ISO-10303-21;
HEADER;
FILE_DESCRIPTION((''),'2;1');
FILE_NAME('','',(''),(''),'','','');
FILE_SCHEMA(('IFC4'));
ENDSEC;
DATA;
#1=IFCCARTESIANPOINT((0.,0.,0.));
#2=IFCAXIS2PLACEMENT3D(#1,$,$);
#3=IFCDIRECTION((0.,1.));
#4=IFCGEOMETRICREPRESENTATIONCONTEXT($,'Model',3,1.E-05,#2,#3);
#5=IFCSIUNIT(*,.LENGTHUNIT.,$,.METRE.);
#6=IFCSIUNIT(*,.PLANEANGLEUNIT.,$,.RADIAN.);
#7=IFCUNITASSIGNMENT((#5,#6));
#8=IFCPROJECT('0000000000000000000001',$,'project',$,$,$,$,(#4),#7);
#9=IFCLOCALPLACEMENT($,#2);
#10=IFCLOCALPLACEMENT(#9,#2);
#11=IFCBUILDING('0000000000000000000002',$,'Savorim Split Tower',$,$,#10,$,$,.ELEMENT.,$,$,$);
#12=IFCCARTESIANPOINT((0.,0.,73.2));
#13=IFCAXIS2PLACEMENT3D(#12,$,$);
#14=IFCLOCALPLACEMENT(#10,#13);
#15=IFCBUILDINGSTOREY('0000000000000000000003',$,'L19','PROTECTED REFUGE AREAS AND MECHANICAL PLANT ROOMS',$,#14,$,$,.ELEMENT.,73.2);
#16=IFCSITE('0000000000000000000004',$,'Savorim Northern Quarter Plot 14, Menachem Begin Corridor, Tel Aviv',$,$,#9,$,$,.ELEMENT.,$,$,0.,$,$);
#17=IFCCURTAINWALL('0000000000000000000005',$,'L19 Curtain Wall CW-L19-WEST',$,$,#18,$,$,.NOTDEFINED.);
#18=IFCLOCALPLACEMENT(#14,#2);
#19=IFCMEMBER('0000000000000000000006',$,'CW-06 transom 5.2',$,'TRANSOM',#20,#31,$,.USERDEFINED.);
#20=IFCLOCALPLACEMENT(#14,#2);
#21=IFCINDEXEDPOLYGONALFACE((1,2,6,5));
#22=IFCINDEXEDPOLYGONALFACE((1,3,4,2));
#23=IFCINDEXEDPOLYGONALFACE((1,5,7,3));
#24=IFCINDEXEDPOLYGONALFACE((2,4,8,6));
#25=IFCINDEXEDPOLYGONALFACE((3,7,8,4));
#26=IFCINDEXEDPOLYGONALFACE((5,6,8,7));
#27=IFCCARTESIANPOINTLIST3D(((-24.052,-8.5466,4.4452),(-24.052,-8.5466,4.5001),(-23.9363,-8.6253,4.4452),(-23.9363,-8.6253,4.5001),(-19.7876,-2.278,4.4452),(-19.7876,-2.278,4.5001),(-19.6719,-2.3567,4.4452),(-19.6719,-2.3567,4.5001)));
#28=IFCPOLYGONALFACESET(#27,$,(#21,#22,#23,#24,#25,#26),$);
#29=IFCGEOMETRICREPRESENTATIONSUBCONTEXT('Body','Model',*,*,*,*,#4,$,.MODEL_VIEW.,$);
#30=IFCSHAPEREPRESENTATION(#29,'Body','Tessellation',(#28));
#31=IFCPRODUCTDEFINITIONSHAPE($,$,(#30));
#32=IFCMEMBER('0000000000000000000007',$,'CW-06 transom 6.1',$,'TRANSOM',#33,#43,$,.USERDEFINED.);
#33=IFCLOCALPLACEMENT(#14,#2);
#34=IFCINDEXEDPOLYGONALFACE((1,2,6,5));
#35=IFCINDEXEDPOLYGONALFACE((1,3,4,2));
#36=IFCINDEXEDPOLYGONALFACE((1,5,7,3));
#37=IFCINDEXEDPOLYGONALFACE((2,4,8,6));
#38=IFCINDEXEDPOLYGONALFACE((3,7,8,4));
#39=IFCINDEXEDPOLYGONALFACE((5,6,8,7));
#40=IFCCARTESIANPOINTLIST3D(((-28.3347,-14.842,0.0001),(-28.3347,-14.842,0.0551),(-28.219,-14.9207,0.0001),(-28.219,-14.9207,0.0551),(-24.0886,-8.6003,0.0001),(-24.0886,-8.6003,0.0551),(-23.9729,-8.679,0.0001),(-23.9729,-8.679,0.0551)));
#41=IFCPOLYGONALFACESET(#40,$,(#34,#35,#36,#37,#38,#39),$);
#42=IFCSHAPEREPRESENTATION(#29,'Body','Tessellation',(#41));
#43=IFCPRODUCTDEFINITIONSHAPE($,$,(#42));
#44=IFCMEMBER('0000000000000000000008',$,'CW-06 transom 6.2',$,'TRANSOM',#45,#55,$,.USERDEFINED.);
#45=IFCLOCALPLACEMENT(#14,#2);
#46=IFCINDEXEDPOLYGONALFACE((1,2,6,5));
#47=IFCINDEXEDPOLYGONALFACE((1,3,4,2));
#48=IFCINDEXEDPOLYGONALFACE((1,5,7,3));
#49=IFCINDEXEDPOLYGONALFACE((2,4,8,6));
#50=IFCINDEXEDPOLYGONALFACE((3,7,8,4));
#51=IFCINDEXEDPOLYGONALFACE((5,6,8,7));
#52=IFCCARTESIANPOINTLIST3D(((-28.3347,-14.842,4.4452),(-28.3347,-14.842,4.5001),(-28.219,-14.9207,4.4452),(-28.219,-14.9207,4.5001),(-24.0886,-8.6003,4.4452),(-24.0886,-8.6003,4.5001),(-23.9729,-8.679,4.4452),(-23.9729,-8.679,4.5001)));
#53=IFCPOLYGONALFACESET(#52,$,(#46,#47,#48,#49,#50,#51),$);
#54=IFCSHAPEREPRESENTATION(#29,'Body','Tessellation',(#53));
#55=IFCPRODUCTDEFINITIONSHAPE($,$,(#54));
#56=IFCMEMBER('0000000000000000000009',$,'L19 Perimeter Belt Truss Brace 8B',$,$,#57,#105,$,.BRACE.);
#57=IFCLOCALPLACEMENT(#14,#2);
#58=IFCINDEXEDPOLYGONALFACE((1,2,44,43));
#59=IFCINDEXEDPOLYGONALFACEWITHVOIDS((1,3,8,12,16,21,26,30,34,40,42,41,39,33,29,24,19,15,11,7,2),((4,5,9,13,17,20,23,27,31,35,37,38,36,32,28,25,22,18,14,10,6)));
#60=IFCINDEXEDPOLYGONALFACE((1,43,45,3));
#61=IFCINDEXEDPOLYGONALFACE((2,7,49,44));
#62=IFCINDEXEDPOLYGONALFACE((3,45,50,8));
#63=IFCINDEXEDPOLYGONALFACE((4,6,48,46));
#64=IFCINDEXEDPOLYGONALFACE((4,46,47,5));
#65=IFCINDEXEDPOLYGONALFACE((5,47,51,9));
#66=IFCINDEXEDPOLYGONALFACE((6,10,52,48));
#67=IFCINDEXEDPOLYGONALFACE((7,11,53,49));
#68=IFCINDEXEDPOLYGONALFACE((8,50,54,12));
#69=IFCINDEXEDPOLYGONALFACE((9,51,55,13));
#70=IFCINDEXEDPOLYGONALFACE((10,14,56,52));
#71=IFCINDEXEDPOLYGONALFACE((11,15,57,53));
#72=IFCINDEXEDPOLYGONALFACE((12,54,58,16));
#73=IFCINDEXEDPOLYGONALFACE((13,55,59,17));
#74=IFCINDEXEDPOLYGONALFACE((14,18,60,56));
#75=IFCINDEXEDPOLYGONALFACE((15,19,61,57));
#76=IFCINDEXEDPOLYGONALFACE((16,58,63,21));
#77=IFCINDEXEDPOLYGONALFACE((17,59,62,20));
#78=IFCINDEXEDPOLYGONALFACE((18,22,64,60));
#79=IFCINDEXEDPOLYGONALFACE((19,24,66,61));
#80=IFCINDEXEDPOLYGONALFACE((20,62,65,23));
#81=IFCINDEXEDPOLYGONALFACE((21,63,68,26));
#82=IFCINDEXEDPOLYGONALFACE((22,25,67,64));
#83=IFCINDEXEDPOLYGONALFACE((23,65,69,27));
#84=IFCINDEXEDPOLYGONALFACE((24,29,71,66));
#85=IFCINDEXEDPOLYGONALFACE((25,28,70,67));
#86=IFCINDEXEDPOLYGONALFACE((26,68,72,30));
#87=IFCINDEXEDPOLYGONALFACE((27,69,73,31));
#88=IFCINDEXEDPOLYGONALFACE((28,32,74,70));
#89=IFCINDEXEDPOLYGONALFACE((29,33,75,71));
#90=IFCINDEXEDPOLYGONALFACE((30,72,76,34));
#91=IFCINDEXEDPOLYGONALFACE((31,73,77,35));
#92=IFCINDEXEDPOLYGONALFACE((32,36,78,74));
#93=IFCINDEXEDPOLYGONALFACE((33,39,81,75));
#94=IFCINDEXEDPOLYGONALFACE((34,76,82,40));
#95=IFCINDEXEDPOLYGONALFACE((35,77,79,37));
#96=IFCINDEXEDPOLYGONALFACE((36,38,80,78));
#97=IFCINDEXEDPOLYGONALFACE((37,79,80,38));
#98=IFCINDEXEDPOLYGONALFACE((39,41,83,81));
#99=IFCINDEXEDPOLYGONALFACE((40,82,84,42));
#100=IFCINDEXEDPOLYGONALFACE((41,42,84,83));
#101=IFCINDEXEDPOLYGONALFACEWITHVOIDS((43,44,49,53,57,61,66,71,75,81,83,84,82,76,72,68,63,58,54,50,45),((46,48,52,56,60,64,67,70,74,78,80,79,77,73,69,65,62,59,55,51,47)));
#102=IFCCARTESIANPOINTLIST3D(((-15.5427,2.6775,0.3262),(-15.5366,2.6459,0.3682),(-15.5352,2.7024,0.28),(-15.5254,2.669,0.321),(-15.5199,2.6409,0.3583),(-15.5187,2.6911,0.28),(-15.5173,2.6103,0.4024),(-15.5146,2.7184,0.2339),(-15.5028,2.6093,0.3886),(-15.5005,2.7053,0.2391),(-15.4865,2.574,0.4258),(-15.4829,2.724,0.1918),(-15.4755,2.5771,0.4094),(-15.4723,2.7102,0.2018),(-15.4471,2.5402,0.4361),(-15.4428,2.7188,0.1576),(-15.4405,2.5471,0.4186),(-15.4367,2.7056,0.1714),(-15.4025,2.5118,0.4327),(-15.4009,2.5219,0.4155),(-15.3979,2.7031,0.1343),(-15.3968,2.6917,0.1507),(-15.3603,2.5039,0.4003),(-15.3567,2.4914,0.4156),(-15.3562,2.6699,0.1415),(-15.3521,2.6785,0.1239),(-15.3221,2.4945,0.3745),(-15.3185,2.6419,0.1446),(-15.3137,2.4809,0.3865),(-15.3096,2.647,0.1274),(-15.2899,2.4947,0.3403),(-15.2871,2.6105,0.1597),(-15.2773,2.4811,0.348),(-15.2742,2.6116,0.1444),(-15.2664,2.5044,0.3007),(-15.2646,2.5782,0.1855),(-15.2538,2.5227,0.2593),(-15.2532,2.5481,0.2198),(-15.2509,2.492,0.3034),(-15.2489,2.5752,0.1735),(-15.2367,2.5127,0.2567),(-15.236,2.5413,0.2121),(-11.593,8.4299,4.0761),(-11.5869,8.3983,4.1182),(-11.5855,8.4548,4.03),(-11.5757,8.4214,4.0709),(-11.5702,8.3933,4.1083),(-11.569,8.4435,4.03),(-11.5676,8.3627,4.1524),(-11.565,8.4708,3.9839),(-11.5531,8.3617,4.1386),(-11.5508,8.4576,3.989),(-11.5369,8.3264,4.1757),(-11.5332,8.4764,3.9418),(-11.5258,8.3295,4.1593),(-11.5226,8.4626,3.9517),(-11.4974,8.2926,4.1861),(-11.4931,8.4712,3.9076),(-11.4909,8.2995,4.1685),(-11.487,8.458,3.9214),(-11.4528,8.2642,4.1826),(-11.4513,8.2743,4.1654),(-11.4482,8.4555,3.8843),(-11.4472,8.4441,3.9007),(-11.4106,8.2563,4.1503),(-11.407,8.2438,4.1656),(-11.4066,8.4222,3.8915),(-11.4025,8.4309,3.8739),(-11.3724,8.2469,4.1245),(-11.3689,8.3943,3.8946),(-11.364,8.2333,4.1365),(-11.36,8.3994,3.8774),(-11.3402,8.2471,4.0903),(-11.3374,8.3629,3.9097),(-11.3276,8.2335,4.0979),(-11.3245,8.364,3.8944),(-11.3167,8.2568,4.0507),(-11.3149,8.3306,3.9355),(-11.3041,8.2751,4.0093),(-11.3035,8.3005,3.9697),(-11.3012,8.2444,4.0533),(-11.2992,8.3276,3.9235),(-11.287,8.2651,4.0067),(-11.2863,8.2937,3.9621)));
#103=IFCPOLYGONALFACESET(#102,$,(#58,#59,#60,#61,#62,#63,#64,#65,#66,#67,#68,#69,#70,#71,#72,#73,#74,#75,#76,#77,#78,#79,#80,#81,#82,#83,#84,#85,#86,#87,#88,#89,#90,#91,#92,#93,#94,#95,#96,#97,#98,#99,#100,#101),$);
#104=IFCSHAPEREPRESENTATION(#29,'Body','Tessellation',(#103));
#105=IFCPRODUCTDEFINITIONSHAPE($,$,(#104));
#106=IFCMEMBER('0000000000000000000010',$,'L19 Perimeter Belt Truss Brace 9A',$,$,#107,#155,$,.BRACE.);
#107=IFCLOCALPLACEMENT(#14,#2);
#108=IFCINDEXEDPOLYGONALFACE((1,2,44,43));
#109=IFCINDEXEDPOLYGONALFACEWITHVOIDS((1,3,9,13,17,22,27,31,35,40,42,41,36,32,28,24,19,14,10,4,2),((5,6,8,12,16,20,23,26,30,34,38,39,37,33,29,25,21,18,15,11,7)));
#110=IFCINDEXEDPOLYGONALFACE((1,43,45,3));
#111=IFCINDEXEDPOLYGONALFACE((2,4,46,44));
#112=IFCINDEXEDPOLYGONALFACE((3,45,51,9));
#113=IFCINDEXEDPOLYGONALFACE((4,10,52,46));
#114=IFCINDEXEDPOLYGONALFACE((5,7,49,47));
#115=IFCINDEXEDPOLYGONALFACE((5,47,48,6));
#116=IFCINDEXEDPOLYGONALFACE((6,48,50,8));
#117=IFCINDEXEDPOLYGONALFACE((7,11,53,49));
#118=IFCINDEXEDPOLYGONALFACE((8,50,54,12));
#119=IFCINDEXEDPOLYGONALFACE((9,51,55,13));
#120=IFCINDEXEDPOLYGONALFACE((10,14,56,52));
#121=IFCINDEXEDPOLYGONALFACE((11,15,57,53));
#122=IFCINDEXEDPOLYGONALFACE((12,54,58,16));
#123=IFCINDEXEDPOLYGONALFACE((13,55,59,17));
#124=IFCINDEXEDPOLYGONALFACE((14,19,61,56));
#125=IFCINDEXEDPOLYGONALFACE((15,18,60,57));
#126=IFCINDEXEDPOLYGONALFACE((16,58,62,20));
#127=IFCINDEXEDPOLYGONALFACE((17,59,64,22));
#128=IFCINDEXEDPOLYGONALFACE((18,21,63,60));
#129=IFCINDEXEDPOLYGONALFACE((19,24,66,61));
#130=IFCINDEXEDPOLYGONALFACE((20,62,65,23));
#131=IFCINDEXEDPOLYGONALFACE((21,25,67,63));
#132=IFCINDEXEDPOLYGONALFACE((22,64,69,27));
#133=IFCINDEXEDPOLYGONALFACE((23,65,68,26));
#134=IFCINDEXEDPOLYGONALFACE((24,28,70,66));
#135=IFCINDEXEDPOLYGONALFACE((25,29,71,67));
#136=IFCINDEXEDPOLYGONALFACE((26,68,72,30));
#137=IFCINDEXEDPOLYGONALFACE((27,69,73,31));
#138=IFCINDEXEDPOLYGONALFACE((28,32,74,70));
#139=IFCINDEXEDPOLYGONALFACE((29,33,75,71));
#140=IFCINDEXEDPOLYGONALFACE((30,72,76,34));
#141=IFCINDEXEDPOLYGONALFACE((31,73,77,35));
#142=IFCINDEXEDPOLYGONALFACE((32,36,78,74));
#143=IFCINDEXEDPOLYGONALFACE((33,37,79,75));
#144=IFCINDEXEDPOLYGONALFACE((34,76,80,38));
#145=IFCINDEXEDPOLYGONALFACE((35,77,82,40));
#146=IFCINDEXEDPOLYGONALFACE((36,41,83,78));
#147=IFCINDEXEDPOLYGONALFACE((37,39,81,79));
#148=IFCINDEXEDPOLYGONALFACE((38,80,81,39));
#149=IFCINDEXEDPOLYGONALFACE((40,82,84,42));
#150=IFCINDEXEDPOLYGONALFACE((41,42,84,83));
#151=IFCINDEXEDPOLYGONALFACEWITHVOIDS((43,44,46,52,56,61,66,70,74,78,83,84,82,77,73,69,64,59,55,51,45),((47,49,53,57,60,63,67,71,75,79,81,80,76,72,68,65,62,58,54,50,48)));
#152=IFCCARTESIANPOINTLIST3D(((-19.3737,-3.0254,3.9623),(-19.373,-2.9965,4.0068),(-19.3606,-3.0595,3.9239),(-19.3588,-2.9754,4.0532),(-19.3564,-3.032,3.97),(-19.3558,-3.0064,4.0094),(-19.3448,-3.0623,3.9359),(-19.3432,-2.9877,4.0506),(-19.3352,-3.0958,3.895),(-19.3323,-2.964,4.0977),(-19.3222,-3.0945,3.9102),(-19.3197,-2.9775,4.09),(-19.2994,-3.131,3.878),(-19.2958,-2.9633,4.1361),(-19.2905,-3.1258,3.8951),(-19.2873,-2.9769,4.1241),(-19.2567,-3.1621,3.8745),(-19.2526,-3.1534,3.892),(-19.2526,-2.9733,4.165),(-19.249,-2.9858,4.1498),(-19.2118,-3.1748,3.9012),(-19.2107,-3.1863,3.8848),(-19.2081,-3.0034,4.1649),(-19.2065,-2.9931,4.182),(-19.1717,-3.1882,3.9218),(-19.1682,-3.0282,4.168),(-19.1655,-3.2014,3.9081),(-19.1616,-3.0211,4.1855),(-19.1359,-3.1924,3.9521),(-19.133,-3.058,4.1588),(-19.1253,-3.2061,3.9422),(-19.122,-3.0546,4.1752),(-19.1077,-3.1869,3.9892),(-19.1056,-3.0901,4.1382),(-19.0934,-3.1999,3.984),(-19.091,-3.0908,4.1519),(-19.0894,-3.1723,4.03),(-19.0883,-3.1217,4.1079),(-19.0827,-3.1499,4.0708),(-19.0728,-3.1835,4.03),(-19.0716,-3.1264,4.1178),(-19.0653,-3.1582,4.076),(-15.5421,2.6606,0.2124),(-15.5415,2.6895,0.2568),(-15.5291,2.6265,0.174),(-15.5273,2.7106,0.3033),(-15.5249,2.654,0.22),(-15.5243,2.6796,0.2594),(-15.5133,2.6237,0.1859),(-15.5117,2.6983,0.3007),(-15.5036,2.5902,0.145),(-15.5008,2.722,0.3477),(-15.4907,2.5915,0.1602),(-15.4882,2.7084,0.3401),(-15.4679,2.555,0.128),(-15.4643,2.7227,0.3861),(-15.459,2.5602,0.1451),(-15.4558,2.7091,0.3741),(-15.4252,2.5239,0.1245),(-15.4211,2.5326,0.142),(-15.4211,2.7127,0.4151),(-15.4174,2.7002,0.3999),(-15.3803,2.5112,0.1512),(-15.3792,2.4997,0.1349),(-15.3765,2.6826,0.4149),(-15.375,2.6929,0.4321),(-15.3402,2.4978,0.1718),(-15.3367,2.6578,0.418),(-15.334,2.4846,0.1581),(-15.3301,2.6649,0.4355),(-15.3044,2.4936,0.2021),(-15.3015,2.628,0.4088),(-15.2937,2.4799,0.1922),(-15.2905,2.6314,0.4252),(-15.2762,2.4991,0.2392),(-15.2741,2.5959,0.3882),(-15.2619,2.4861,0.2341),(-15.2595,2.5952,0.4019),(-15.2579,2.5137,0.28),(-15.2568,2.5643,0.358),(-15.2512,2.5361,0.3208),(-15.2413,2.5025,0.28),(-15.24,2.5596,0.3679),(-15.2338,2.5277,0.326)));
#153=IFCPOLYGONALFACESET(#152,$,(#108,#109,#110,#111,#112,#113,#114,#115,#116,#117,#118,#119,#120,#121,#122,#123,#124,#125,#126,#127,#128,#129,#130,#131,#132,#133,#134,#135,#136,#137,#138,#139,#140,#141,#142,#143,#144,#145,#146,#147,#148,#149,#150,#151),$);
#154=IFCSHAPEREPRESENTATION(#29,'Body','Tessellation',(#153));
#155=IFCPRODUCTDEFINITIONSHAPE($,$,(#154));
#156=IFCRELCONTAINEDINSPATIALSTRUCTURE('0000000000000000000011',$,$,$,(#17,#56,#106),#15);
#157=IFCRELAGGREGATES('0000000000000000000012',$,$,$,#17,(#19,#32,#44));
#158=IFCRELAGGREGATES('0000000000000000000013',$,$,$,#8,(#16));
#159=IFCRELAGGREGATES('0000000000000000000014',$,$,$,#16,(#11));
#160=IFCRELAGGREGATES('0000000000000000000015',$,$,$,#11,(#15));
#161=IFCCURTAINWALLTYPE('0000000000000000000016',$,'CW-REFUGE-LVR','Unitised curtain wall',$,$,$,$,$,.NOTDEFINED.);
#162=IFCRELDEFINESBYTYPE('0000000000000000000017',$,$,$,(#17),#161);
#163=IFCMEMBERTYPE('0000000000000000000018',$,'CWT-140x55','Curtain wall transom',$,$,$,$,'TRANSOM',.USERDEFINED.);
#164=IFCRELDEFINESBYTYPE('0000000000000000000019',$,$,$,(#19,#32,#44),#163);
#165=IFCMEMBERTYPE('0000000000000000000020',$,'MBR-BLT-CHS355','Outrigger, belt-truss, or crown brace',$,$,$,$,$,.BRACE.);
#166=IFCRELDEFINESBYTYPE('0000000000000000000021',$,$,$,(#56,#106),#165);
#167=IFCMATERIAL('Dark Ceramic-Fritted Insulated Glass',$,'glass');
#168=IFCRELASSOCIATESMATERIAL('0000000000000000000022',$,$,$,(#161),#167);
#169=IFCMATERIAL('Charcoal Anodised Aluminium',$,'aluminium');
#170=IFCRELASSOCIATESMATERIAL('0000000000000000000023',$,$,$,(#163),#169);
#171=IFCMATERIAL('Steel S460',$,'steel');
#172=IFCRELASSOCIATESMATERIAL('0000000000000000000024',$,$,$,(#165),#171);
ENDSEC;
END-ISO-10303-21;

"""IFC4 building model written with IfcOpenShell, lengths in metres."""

from ifc_helpers import new_model, si_unit, direction, frame, origin, origin_2d, place, context, subcontext, project, spatial, rectangle, hollow_circle, extrude, material, material_profile, profile_set, type_object, element, aggregate, save


model = new_model("IFC4")

# Units and contexts
model_context = context("Model", 3, precision=1e-05, world=origin(), true_north=direction((0.0, 1.0)))
body_context = subcontext(model_context, "Body", "Model", "MODEL_VIEW")
ifc_project = project(units=[si_unit("LENGTHUNIT", "METRE"), si_unit("PLANEANGLEUNIT", "RADIAN")], contexts=[model_context])

# Site, building, storey
site_placement = place(None, origin())
site = spatial("IfcSite", under=ifc_project, at=site_placement, Name="Savorim Northern Quarter Plot 14, Menachem Begin Corridor, Tel Aviv", CompositionType="ELEMENT", RefElevation=0.0)
building_placement = place(site_placement, origin())
building = spatial("IfcBuilding", under=site, at=building_placement, Name="Savorim Split Tower", CompositionType="ELEMENT")
storey_placement = place(building_placement, frame((0.0, 0.0, 73.2)))
storey = spatial("IfcBuildingStorey", under=building, at=storey_placement, Name="L19", Description="PROTECTED REFUGE AREAS AND MECHANICAL PLANT ROOMS", CompositionType="ELEMENT", Elevation=73.2)

# Shared definitions
ifc_material_1 = material(Name="Steel S460", Category="steel")

# Curtain wall, members
ifc_material_2 = material(Name="Dark Ceramic-Fritted Insulated Glass", Category="glass")
curtain_wall_type = type_object("IfcCurtainWallType", Name="CW-REFUGE-LVR", Description="Unitised curtain wall", PredefinedType="NOTDEFINED", material=ifc_material_2)
curtain_wall_placement = place(storey_placement, origin())
curtain_wall = element("IfcCurtainWall", 1, at=curtain_wall_placement, inside=storey, type_object=curtain_wall_type, Name="L19 Curtain Wall CW-L19-WEST", PredefinedType="NOTDEFINED")
ifc_material_3 = material(Name="Charcoal Anodised Aluminium", Category="aluminium")
ifc_material_profile_1 = material_profile(ifc_material_3, rectangle(XDim=0.1399, YDim=0.0549, at=origin_2d()), Name="ALU-T 140x55")
ifc_profile_set_1 = profile_set([ifc_material_profile_1], Name="Charcoal Anodised Aluminium")
member_type_1 = type_object("IfcMemberType", Name="CWT-140x55", Description="Curtain wall transom", ElementType="TRANSOM", PredefinedType="USERDEFINED", material=ifc_profile_set_1)
member_1_placement = place(storey_placement, frame((-19.7297, -2.3174, 4.4727), z_axis=(-0.562471, -0.826817, 0.0), x_axis=(0.826817, -0.562471, 0.0)))
member_1 = element("IfcMember", 2, at=member_1_placement, type_object=member_type_1, Name="CW-06 transom 5.2", ObjectType="TRANSOM", PredefinedType="USERDEFINED", context=body_context, shape_type="SweptSolid", body=[
    extrude(rectangle(XDim=0.1399, YDim=0.0549, at=origin_2d()), origin(), (0.0, 0.0, 1.0), 7.5815),
])
member_2_placement = place(storey_placement, frame((-24.0308, -8.6396, 0.0276), z_axis=(-0.562467, -0.826819, 0.0), x_axis=(0.826819, -0.562467, 0.0)))
member_2 = element("IfcMember", 3, at=member_2_placement, type_object=member_type_1, Name="CW-06 transom 6.1", ObjectType="TRANSOM", PredefinedType="USERDEFINED", context=body_context, shape_type="SweptSolid", body=[
    extrude(rectangle(XDim=0.1399, YDim=0.0549, at=origin_2d()), origin(), (0.0, 0.0, 1.0), 7.5491),
])
member_3_placement = place(storey_placement, frame((-24.0308, -8.6396, 4.4727), z_axis=(-0.562467, -0.826819, 0.0), x_axis=(0.826819, -0.562467, 0.0)))
member_3 = element("IfcMember", 4, at=member_3_placement, type_object=member_type_1, Name="CW-06 transom 6.2", ObjectType="TRANSOM", PredefinedType="USERDEFINED", context=body_context, shape_type="SweptSolid", body=[
    extrude(rectangle(XDim=0.1399, YDim=0.0549, at=origin_2d()), origin(), (0.0, 0.0, 1.0), 7.5491),
])

# Members
ifc_material_profile_2 = material_profile(ifc_material_1, hollow_circle(Radius=0.1777, WallThickness=0.02, at=origin_2d()), Name="CHS 355.6x20")
ifc_profile_set_2 = profile_set([ifc_material_profile_2], Name="Steel S460")
member_type_2 = type_object("IfcMemberType", Name="MBR-BLT-CHS355", Description="Outrigger, belt-truss, or crown brace", PredefinedType="BRACE", material=ifc_profile_set_2)
member_4_placement = place(storey_placement, frame((-15.3887, 2.6018, 0.28), z_axis=(0.498594, 0.726163, 0.473383), x_axis=(-0.824383, 0.566033, 0.0)))
element("IfcMember", 5, at=member_4_placement, inside=storey, type_object=member_type_2, Name="L19 Perimeter Belt Truss Brace 8B", PredefinedType="BRACE", context=body_context, shape_type="SweptSolid", body=[
    extrude(hollow_circle(Radius=0.1777, WallThickness=0.02, at=origin_2d()), origin(), (0.0, 0.0, 1.0), 7.9216),
])
member_5_placement = place(storey_placement, frame((-15.3887, 2.6018, 0.28), z_axis=(-0.490281, -0.72758, 0.479846), x_axis=(0.82929, -0.558818, 0.0)))
element("IfcMember", 6, at=member_5_placement, inside=storey, type_object=member_type_2, Name="L19 Perimeter Belt Truss Brace 9A", PredefinedType="BRACE", context=body_context, shape_type="SweptSolid", body=[
    extrude(hollow_circle(Radius=0.1777, WallThickness=0.02, at=origin_2d()), origin(), (0.0, 0.0, 1.0), 7.8149),
])

aggregate(curtain_wall, [member_1, member_2, member_3])

save(model, "model.ifc")
